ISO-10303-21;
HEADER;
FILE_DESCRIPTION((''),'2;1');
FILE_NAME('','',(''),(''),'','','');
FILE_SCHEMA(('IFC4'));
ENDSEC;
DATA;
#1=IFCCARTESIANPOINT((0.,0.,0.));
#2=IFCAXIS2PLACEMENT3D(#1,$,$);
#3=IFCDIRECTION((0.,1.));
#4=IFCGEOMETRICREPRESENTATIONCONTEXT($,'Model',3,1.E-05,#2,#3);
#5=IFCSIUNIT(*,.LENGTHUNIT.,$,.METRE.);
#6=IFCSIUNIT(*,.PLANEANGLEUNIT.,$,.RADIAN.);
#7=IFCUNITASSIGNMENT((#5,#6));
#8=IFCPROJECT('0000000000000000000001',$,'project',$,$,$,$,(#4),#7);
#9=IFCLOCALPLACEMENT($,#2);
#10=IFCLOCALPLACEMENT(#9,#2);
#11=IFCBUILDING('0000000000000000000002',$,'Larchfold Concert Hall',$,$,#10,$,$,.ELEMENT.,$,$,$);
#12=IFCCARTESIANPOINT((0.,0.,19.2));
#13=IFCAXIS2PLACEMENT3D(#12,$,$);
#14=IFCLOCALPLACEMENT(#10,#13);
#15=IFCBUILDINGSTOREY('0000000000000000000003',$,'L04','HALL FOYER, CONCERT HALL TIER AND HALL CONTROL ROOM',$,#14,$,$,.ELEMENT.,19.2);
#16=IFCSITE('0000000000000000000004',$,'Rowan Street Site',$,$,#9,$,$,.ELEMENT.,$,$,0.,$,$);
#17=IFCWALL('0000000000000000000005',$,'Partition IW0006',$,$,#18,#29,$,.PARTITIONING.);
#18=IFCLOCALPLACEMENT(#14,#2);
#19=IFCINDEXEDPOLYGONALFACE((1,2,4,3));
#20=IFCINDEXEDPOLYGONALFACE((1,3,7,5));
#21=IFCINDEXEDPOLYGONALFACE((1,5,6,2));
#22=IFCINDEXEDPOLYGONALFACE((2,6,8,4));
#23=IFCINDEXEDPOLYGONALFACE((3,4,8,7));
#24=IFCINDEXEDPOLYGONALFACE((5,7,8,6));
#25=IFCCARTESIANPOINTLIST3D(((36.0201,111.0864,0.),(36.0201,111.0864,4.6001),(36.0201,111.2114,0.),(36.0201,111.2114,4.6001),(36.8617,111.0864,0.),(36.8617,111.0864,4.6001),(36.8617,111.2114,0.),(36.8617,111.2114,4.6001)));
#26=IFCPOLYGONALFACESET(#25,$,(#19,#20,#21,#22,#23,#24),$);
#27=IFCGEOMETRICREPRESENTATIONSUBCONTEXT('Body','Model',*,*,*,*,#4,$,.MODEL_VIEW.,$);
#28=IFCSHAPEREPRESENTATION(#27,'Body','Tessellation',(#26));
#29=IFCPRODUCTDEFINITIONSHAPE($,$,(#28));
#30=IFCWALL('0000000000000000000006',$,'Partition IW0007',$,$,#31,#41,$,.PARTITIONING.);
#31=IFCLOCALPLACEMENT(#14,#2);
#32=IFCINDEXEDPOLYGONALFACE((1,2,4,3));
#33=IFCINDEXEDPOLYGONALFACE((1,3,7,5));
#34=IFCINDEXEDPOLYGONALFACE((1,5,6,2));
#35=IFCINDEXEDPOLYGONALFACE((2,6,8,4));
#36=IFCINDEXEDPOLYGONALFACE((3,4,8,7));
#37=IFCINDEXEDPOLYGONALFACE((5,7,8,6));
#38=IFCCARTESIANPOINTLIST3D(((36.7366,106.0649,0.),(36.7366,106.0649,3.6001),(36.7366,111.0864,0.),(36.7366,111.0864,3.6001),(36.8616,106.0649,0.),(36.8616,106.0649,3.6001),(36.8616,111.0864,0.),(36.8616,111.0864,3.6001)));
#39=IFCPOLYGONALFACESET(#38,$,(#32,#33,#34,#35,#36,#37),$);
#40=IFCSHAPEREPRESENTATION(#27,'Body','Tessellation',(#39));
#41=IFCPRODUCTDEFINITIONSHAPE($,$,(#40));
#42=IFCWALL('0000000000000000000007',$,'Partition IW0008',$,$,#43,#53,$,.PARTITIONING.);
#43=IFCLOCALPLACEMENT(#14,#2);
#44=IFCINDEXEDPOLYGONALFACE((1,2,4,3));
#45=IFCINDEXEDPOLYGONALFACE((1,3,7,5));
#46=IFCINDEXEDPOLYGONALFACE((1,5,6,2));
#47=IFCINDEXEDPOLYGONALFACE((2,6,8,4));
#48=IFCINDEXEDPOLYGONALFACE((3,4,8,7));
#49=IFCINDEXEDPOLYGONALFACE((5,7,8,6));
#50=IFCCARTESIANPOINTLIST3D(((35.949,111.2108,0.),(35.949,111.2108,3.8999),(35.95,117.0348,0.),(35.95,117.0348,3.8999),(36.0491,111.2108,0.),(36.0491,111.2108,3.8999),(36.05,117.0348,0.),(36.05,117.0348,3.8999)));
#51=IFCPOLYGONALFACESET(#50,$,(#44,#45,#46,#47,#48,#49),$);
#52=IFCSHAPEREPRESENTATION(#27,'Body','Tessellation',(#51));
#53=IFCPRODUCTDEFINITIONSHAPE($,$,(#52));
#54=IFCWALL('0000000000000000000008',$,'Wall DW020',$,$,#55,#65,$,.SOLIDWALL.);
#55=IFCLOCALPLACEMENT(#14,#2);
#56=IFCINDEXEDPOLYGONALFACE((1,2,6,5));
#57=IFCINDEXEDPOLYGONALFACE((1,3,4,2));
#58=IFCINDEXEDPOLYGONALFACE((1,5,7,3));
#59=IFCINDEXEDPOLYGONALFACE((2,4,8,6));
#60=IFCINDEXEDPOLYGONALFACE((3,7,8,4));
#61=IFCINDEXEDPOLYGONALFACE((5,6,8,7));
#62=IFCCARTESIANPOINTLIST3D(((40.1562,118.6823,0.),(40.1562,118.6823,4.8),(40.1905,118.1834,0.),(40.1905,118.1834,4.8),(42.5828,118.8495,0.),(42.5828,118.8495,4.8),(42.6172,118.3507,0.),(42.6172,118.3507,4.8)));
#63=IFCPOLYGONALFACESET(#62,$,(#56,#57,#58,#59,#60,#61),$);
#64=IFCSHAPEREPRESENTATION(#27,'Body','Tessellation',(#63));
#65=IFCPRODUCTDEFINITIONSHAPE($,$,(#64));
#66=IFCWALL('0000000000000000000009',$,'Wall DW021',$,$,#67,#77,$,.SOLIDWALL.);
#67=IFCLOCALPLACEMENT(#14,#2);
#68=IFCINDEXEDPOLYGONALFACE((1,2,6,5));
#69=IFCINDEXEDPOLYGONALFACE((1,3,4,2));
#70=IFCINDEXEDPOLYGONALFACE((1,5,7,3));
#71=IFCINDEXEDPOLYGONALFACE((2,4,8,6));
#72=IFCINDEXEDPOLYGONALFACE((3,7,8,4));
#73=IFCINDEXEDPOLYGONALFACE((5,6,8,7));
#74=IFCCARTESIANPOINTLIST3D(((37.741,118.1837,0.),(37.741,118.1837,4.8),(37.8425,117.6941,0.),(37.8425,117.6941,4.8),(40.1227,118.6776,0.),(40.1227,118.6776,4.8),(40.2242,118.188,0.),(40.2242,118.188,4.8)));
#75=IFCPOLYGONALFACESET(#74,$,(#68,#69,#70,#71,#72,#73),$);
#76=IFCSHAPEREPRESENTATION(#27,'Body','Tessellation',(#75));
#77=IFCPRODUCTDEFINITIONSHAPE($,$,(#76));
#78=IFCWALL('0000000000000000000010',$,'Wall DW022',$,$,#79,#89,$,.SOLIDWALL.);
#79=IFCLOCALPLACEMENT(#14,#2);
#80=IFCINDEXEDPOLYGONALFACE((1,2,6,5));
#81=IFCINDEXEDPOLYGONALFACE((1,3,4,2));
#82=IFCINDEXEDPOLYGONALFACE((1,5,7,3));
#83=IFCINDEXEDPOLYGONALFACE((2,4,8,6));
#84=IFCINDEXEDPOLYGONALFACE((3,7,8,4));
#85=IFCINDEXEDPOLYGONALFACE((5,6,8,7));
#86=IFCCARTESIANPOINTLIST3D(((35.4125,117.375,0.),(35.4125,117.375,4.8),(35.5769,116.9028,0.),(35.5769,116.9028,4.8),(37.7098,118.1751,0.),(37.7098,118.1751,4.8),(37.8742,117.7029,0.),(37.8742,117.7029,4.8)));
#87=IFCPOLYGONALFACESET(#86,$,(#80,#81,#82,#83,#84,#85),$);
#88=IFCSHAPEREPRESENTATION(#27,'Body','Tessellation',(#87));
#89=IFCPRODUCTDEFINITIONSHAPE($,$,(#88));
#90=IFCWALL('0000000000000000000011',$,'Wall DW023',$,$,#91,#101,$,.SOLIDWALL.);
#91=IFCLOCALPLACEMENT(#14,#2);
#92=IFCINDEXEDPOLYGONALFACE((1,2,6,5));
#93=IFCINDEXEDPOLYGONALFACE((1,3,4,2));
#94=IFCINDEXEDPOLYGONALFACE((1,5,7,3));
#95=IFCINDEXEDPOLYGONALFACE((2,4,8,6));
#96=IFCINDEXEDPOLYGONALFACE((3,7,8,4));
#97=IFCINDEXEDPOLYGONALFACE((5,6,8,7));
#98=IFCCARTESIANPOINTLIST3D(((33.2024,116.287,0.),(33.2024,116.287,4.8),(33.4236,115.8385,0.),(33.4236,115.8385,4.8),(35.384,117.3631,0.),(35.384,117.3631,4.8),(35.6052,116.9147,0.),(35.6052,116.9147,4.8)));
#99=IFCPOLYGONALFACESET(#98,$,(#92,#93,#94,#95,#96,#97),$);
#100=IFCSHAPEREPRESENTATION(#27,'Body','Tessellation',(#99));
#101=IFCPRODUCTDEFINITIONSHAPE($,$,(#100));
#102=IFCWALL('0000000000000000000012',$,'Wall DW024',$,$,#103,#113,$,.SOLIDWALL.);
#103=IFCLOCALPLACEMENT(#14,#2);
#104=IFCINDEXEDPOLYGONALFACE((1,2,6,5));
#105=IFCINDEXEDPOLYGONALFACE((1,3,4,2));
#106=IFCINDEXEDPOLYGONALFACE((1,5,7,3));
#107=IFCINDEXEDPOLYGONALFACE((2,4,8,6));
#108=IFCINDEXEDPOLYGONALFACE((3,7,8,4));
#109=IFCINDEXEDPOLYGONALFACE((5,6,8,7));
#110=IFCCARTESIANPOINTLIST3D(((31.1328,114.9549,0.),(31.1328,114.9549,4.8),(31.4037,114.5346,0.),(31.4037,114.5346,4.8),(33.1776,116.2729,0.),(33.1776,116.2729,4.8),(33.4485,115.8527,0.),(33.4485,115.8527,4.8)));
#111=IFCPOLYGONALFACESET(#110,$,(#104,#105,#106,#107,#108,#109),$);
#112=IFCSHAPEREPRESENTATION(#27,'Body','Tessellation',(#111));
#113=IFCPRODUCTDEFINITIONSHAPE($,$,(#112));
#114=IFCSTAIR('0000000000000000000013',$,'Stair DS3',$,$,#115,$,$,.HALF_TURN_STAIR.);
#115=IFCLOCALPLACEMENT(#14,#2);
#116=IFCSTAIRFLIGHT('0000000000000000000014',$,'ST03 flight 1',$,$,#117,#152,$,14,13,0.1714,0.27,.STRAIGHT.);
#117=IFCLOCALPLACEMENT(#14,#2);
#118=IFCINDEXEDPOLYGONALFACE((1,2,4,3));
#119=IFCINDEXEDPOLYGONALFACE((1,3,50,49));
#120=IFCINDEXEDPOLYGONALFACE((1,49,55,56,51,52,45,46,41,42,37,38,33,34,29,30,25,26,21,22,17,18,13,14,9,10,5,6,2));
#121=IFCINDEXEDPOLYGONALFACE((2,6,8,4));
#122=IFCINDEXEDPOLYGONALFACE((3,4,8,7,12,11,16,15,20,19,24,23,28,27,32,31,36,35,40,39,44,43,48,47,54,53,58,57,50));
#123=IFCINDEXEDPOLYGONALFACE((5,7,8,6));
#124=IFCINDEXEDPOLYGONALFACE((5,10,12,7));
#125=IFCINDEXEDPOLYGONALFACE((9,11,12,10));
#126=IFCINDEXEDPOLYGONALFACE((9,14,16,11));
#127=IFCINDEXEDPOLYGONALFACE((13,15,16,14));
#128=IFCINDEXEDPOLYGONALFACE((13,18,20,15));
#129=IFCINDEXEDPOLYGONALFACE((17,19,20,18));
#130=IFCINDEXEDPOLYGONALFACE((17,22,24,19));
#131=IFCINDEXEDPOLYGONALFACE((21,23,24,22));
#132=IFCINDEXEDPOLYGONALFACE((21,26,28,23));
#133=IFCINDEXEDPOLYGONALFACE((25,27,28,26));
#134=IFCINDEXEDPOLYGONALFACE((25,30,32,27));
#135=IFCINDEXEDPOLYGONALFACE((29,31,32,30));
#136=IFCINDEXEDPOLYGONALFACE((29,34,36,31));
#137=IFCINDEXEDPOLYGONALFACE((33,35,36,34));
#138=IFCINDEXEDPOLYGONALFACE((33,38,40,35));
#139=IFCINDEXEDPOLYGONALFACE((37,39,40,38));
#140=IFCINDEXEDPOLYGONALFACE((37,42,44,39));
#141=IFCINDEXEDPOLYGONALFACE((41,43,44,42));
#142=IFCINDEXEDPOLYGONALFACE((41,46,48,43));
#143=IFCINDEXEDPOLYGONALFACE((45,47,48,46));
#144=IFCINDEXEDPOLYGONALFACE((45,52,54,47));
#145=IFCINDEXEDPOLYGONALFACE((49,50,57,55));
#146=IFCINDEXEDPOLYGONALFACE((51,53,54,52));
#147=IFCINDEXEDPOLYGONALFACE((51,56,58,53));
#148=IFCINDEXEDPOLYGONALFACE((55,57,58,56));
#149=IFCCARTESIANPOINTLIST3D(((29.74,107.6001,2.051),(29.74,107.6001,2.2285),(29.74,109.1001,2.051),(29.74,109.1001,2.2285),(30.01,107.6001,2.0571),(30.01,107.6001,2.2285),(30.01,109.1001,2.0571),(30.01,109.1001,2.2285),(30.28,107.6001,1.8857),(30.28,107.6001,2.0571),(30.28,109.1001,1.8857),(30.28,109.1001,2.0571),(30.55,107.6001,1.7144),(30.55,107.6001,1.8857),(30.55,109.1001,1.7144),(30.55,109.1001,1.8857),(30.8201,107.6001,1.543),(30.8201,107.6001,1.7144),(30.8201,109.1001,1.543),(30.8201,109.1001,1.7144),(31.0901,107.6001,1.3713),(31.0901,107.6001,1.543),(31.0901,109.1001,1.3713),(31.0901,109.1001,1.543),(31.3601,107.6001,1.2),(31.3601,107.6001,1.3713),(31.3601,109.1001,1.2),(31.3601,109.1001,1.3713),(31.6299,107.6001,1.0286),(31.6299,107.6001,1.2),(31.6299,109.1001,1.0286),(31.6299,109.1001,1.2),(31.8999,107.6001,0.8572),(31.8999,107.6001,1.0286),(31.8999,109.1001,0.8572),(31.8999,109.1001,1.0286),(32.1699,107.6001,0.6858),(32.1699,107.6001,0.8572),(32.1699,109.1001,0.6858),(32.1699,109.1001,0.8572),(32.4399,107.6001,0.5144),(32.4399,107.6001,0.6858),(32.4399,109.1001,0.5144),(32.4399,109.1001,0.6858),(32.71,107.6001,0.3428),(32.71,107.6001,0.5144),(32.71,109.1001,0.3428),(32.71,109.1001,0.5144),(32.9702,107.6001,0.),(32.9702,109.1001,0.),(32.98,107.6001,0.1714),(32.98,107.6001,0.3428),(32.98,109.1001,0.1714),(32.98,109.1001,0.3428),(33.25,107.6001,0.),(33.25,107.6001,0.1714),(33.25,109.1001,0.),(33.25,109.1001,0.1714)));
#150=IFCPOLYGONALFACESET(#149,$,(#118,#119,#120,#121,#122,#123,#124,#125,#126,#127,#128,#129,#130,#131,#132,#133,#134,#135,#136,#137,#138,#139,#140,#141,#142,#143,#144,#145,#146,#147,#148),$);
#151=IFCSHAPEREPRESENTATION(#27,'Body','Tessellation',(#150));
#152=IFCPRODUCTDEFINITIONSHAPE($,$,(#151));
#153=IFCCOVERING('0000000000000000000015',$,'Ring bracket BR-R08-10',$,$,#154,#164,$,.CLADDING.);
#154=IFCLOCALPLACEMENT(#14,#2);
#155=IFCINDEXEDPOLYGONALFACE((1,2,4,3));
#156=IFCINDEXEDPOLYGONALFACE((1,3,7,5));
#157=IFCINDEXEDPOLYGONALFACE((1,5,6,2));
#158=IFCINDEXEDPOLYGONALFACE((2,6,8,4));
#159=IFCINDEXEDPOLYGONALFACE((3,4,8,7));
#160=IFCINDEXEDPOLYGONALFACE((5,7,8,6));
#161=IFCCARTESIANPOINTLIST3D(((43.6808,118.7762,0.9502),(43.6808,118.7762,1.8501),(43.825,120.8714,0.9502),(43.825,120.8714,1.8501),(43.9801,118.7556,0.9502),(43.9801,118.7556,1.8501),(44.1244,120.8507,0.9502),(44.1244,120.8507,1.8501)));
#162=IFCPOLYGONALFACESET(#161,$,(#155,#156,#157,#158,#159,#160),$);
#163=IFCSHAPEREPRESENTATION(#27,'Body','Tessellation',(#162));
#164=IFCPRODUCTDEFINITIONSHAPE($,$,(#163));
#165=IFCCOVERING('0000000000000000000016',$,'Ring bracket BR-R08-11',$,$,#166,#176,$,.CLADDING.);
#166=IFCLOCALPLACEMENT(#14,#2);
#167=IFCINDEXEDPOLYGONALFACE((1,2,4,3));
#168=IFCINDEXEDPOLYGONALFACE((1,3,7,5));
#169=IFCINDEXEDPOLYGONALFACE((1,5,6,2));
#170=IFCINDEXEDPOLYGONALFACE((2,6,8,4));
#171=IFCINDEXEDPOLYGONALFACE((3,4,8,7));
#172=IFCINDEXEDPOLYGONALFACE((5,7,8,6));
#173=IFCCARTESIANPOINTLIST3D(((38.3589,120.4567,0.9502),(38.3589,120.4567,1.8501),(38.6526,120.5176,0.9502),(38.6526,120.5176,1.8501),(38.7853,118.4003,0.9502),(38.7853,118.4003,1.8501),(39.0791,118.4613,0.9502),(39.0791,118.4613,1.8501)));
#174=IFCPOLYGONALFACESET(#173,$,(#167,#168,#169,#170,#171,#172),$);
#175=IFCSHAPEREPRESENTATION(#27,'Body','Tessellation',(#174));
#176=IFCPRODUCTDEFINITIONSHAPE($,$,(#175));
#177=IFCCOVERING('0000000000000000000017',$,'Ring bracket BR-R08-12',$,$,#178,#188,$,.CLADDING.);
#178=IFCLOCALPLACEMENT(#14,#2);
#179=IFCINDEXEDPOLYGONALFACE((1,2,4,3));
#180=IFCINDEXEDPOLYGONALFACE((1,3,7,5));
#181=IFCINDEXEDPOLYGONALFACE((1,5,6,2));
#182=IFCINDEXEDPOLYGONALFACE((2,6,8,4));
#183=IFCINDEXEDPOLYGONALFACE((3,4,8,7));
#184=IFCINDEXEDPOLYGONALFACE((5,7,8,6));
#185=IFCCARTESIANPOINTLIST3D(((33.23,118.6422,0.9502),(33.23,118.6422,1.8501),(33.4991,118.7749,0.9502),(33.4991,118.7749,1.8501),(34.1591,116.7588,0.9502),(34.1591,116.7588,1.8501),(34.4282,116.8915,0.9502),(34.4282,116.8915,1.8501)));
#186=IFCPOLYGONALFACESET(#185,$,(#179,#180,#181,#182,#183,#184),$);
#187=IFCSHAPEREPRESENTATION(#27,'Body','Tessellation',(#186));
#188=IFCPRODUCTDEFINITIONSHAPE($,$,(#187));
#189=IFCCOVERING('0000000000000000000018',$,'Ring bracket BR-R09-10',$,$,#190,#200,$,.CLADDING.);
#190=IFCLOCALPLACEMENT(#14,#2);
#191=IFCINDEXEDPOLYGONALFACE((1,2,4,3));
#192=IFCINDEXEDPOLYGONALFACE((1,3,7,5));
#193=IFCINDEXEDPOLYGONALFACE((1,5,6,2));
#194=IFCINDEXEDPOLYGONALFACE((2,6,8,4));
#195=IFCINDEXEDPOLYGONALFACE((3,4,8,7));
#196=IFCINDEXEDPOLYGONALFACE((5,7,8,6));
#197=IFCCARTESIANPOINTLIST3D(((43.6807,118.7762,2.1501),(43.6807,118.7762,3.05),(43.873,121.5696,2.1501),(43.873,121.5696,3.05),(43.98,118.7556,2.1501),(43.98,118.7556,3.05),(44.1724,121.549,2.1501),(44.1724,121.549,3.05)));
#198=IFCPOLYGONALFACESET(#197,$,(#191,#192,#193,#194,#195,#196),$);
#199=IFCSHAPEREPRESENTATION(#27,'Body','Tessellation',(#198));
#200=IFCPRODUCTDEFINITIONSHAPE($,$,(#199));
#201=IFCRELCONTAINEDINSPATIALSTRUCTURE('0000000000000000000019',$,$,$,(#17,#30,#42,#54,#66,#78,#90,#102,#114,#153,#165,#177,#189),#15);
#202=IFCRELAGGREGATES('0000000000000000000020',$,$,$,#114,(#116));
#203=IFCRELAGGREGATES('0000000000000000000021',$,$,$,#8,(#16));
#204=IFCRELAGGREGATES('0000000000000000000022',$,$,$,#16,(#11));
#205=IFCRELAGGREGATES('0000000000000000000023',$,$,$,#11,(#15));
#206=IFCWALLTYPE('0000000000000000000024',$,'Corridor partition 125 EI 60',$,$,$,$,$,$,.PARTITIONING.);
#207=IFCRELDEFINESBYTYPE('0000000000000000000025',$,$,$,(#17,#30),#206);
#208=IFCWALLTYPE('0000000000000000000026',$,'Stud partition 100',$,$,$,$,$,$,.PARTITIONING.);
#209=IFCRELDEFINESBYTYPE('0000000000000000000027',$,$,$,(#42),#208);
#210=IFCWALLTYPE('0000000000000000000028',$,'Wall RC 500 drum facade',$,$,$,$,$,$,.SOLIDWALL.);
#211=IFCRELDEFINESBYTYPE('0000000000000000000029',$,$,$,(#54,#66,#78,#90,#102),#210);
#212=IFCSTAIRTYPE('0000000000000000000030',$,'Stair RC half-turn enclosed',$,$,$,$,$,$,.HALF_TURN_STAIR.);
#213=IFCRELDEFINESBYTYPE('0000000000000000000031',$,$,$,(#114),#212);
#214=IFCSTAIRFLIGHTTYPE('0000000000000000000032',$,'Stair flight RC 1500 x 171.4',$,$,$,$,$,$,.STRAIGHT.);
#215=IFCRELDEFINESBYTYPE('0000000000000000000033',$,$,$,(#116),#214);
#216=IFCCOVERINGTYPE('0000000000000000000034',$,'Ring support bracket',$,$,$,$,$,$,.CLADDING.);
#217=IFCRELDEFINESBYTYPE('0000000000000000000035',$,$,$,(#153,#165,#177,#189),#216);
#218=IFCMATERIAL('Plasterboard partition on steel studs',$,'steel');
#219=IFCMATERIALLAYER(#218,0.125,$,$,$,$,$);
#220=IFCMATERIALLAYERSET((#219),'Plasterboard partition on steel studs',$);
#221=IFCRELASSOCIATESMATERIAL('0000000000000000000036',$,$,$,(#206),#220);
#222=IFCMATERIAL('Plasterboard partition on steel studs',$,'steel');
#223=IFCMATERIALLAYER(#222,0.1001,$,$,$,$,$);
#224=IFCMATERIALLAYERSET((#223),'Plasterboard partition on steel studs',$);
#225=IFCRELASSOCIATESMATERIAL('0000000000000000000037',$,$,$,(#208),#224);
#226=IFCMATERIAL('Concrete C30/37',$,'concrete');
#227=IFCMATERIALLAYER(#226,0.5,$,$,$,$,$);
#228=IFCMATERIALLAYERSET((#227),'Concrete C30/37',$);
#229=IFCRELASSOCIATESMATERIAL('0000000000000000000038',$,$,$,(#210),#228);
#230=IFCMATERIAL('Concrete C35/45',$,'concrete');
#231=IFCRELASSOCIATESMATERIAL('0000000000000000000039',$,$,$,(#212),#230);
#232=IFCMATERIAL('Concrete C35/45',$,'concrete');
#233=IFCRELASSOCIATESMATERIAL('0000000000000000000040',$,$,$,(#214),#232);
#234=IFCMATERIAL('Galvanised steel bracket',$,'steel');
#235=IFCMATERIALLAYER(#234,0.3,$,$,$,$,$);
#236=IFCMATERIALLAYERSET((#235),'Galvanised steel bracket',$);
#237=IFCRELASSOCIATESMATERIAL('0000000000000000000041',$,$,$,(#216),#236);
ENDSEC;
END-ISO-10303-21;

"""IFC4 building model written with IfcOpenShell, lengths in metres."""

from ifc_helpers import new_model, si_unit, direction, frame, frame_2d, origin, origin_2d, place, context, subcontext, project, spatial, polyline, rectangle, outline, extrude, material, layer, layer_set, type_object, element, aggregate, save


model = new_model("IFC4")

# Units and contexts
model_context = context("Model", 3, precision=1e-05, world=origin(), true_north=direction((0.0, 1.0)))
body_context = subcontext(model_context, "Body", "Model", "MODEL_VIEW")
ifc_project = project(units=[si_unit("LENGTHUNIT", "METRE"), si_unit("PLANEANGLEUNIT", "RADIAN")], contexts=[model_context])

# Site, building, storey
site_placement = place(None, origin())
site = spatial("IfcSite", under=ifc_project, at=site_placement, Name="Rowan Street Site", CompositionType="ELEMENT", RefElevation=0.0)
building_placement = place(site_placement, origin())
building = spatial("IfcBuilding", under=site, at=building_placement, Name="Larchfold Concert Hall", CompositionType="ELEMENT")
storey_placement = place(building_placement, frame((0.0, 0.0, 19.2)))
storey = spatial("IfcBuildingStorey", under=building, at=storey_placement, Name="L04", Description="HALL FOYER, CONCERT HALL TIER AND HALL CONTROL ROOM", CompositionType="ELEMENT", Elevation=19.2)

# Walls
ifc_material_1 = material(Name="Plasterboard partition on steel studs", Category="steel")
ifc_layer_1 = layer(ifc_material_1, 0.125)
ifc_layer_set_1 = layer_set([ifc_layer_1], Name="Plasterboard partition on steel studs")
wall_type_1 = type_object("IfcWallType", Name="Corridor partition 125 EI 60", PredefinedType="PARTITIONING", material=ifc_layer_set_1)
wall_1_placement = place(storey_placement, frame((36.02, 111.1489, 0.0), z_axis=(0.0, 0.0, 1.0), x_axis=(1.0, 0.0, 0.0)))
element("IfcWall", 1, at=wall_1_placement, inside=storey, type_object=wall_type_1, Name="Partition IW0006", PredefinedType="PARTITIONING", context=body_context, shape_type="SweptSolid", body=[
    extrude(rectangle(XDim=0.8416, YDim=0.125, at=frame_2d((0.4209, 0.0))), origin(), (0.0, 0.0, 1.0), 4.6001),
])
wall_2_placement = place(storey_placement, frame((36.7991, 111.0864, 0.0), z_axis=(0.0, 0.0, 1.0), x_axis=(0.0, -1.0, 0.0)))
element("IfcWall", 2, at=wall_2_placement, inside=storey, type_object=wall_type_1, Name="Partition IW0007", PredefinedType="PARTITIONING", context=body_context, shape_type="SweptSolid", body=[
    extrude(rectangle(XDim=5.0215, YDim=0.125, at=frame_2d((2.5107, 0.0))), origin(), (0.0, 0.0, 1.0), 3.6001),
])
ifc_material_2 = material(Name="Plasterboard partition on steel studs", Category="steel")
ifc_layer_2 = layer(ifc_material_2, 0.1001)
ifc_layer_set_2 = layer_set([ifc_layer_2], Name="Plasterboard partition on steel studs")
wall_type_2 = type_object("IfcWallType", Name="Stud partition 100", PredefinedType="PARTITIONING", material=ifc_layer_set_2)
wall_3_placement = place(storey_placement, frame((36.0, 117.0349, 0.0), z_axis=(0.0, 0.0, 1.0), x_axis=(-0.000168, -1.0, 0.0)))
element("IfcWall", 3, at=wall_3_placement, inside=storey, type_object=wall_type_2, Name="Partition IW0008", PredefinedType="PARTITIONING", context=body_context, shape_type="SweptSolid", body=[
    extrude(rectangle(XDim=5.824, YDim=0.1001, at=frame_2d((2.9121, 0.0))), origin(), (0.0, 0.0, 1.0), 3.8999),
])
ifc_material_3 = material(Name="Concrete C30/37", Category="concrete")
ifc_layer_3 = layer(ifc_material_3, 0.5)
ifc_layer_set_3 = layer_set([ifc_layer_3], Name="Concrete C30/37")
wall_type_3 = type_object("IfcWallType", Name="Wall RC 500 drum facade", PredefinedType="SOLIDWALL", material=ifc_layer_set_3)
for number, where, z_axis, x_axis, name in (
    (4, (42.6001, 118.6001, 0.0), (0.0, 0.0, 1.0), (-0.997633, -0.068757, 0.0), "Wall DW020"),
    (5, (40.1736, 118.4329, 0.0), (0.0, 0.0, 1.0), (-0.979166, -0.20306, 0.0), "Wall DW021"),
):
    element("IfcWall", number, at=place(storey_placement, frame(where, z_axis=z_axis, x_axis=x_axis)), inside=storey, type_object=wall_type_3, Name=name, PredefinedType="SOLIDWALL", context=body_context, shape_type="SweptSolid", body=[
        extrude(rectangle(XDim=2.4324, YDim=0.5, at=frame_2d((1.2163, 0.0))), origin(), (0.0, 0.0, 1.0), 4.8),
    ])
for number, where, z_axis, x_axis, name in (
    (6, (37.792, 117.939, 0.0), (0.0, 0.0, 1.0), (-0.944374, -0.328875, 0.0), "Wall DW022"),
    (7, (35.4946, 117.1389, 0.0), (0.0, 0.0, 1.0), (-0.896823, -0.44239, 0.0), "Wall DW023"),
):
    element("IfcWall", number, at=place(storey_placement, frame(where, z_axis=z_axis, x_axis=x_axis)), inside=storey, type_object=wall_type_3, Name=name, PredefinedType="SOLIDWALL", context=body_context, shape_type="SweptSolid", body=[
        extrude(rectangle(XDim=2.4326, YDim=0.5, at=frame_2d((1.2163, 0.0))), origin(), (0.0, 0.0, 1.0), 4.8),
    ])
wall_4_placement = place(storey_placement, frame((33.313, 116.0627, 0.0), z_axis=(0.0, 0.0, 1.0), x_axis=(-0.840519, -0.541782, 0.0)))
element("IfcWall", 8, at=wall_4_placement, inside=storey, type_object=wall_type_3, Name="Wall DW024", PredefinedType="SOLIDWALL", context=body_context, shape_type="SweptSolid", body=[
    extrude(rectangle(XDim=2.4329, YDim=0.5, at=frame_2d((1.2163, 0.0))), origin(), (0.0, 0.0, 1.0), 4.8),
])

# Stair, stair flight
ifc_material_4 = material(Name="Concrete C35/45", Category="concrete")
stair_type = type_object("IfcStairType", Name="Stair RC half-turn enclosed", PredefinedType="HALF_TURN_STAIR", material=ifc_material_4)
stair_placement = place(storey_placement, origin())
stair = element("IfcStair", 9, at=stair_placement, inside=storey, type_object=stair_type, Name="Stair DS3", PredefinedType="HALF_TURN_STAIR")
ifc_material_5 = material(Name="Concrete C35/45", Category="concrete")
stair_flight_type = type_object("IfcStairFlightType", Name="Stair flight RC 1500 x 171.4", PredefinedType="STRAIGHT", material=ifc_material_5)
stair_flight_placement = place(storey_placement, frame((33.25, 108.3501, 0.0), z_axis=(0.0, 0.0, 1.0), x_axis=(-1.0, 0.0, 0.0)))
stair_flight = element("IfcStairFlight", 10, at=stair_flight_placement, type_object=stair_flight_type, Name="ST03 flight 1", NumberOfRisers=14, NumberOfTreads=13, PredefinedType="STRAIGHT", RiserHeight=0.1714, TreadLength=0.27, context=body_context, shape_type="SweptSolid", body=[
    extrude(outline(polyline([(0.0, 0.0), (0.0, 0.1714), (0.27, 0.1714), (0.27, 0.3428), (0.54, 0.3428), (0.54, 0.5144), (0.8101, 0.5144), (0.8101, 0.6858), (1.0801, 0.6858), (1.0801, 0.8572), (1.3501, 0.8572), (1.3501, 1.0286), (1.6201, 1.0286), (1.6201, 1.2), (1.8899, 1.2), (1.8899, 1.3713), (2.1599, 1.3713), (2.1599, 1.543), (2.4299, 1.543), (2.4299, 1.7144), (2.7, 1.7144), (2.7, 1.8857), (2.97, 1.8857), (2.97, 2.0571), (3.24, 2.0571), (3.24, 2.2285), (3.51, 2.2285), (3.51, 2.3999), (3.51, 2.051), (0.2798, 0.0), (0.0, 0.0)])), frame((0.0, 0.75, 0.0), z_axis=(0.0, -1.0, 0.0), x_axis=(1.0, 0.0, 0.0)), (0.0, 0.0, 1.0), 1.5),
])
aggregate(stair, [stair_flight])

# Coverings
ifc_material_6 = material(Name="Galvanised steel bracket", Category="steel")
ifc_layer_4 = layer(ifc_material_6, 0.3)
ifc_layer_set_4 = layer_set([ifc_layer_4], Name="Galvanised steel bracket")
covering_type = type_object("IfcCoveringType", Name="Ring support bracket", PredefinedType="CLADDING", material=ifc_layer_set_4)
for number, where, z_axis, x_axis, name in (
    (11, (43.9026, 119.8135, 0.9502), (0.0, 0.0, 1.0), (0.068693, 0.997638, 0.0), "Ring bracket BR-R08-10"),
    (12, (38.719, 119.459, 0.9502), (0.0, 0.0, 1.0), (-0.20308, 0.979162, 0.0), "Ring bracket BR-R08-11"),
    (13, (33.8291, 117.7668, 0.9502), (0.0, 0.0, 1.0), (-0.442369, 0.896833, 0.0), "Ring bracket BR-R08-12"),
):
    element("IfcCovering", number, at=place(storey_placement, frame(where, z_axis=z_axis, x_axis=x_axis)), inside=storey, type_object=covering_type, Name=name, PredefinedType="CLADDING", context=body_context, shape_type="SweptSolid", body=[
        extrude(rectangle(XDim=2.1001, YDim=0.3, at=origin_2d()), origin(), (0.0, 0.0, 1.0), 0.8999),
    ])
for number, where, z_axis, x_axis, name in (
    (14, (43.9265, 120.1626, 2.1501), (0.0, 0.0, 1.0), (0.068693, 0.997638, 0.0), "Ring bracket BR-R09-10"),
):
    element("IfcCovering", number, at=place(storey_placement, frame(where, z_axis=z_axis, x_axis=x_axis)), inside=storey, type_object=covering_type, Name=name, PredefinedType="CLADDING", context=body_context, shape_type="SweptSolid", body=[
        extrude(rectangle(XDim=2.8, YDim=0.3, at=origin_2d()), origin(), (0.0, 0.0, 1.0), 0.8999),
    ])

save(model, "model.ifc")
